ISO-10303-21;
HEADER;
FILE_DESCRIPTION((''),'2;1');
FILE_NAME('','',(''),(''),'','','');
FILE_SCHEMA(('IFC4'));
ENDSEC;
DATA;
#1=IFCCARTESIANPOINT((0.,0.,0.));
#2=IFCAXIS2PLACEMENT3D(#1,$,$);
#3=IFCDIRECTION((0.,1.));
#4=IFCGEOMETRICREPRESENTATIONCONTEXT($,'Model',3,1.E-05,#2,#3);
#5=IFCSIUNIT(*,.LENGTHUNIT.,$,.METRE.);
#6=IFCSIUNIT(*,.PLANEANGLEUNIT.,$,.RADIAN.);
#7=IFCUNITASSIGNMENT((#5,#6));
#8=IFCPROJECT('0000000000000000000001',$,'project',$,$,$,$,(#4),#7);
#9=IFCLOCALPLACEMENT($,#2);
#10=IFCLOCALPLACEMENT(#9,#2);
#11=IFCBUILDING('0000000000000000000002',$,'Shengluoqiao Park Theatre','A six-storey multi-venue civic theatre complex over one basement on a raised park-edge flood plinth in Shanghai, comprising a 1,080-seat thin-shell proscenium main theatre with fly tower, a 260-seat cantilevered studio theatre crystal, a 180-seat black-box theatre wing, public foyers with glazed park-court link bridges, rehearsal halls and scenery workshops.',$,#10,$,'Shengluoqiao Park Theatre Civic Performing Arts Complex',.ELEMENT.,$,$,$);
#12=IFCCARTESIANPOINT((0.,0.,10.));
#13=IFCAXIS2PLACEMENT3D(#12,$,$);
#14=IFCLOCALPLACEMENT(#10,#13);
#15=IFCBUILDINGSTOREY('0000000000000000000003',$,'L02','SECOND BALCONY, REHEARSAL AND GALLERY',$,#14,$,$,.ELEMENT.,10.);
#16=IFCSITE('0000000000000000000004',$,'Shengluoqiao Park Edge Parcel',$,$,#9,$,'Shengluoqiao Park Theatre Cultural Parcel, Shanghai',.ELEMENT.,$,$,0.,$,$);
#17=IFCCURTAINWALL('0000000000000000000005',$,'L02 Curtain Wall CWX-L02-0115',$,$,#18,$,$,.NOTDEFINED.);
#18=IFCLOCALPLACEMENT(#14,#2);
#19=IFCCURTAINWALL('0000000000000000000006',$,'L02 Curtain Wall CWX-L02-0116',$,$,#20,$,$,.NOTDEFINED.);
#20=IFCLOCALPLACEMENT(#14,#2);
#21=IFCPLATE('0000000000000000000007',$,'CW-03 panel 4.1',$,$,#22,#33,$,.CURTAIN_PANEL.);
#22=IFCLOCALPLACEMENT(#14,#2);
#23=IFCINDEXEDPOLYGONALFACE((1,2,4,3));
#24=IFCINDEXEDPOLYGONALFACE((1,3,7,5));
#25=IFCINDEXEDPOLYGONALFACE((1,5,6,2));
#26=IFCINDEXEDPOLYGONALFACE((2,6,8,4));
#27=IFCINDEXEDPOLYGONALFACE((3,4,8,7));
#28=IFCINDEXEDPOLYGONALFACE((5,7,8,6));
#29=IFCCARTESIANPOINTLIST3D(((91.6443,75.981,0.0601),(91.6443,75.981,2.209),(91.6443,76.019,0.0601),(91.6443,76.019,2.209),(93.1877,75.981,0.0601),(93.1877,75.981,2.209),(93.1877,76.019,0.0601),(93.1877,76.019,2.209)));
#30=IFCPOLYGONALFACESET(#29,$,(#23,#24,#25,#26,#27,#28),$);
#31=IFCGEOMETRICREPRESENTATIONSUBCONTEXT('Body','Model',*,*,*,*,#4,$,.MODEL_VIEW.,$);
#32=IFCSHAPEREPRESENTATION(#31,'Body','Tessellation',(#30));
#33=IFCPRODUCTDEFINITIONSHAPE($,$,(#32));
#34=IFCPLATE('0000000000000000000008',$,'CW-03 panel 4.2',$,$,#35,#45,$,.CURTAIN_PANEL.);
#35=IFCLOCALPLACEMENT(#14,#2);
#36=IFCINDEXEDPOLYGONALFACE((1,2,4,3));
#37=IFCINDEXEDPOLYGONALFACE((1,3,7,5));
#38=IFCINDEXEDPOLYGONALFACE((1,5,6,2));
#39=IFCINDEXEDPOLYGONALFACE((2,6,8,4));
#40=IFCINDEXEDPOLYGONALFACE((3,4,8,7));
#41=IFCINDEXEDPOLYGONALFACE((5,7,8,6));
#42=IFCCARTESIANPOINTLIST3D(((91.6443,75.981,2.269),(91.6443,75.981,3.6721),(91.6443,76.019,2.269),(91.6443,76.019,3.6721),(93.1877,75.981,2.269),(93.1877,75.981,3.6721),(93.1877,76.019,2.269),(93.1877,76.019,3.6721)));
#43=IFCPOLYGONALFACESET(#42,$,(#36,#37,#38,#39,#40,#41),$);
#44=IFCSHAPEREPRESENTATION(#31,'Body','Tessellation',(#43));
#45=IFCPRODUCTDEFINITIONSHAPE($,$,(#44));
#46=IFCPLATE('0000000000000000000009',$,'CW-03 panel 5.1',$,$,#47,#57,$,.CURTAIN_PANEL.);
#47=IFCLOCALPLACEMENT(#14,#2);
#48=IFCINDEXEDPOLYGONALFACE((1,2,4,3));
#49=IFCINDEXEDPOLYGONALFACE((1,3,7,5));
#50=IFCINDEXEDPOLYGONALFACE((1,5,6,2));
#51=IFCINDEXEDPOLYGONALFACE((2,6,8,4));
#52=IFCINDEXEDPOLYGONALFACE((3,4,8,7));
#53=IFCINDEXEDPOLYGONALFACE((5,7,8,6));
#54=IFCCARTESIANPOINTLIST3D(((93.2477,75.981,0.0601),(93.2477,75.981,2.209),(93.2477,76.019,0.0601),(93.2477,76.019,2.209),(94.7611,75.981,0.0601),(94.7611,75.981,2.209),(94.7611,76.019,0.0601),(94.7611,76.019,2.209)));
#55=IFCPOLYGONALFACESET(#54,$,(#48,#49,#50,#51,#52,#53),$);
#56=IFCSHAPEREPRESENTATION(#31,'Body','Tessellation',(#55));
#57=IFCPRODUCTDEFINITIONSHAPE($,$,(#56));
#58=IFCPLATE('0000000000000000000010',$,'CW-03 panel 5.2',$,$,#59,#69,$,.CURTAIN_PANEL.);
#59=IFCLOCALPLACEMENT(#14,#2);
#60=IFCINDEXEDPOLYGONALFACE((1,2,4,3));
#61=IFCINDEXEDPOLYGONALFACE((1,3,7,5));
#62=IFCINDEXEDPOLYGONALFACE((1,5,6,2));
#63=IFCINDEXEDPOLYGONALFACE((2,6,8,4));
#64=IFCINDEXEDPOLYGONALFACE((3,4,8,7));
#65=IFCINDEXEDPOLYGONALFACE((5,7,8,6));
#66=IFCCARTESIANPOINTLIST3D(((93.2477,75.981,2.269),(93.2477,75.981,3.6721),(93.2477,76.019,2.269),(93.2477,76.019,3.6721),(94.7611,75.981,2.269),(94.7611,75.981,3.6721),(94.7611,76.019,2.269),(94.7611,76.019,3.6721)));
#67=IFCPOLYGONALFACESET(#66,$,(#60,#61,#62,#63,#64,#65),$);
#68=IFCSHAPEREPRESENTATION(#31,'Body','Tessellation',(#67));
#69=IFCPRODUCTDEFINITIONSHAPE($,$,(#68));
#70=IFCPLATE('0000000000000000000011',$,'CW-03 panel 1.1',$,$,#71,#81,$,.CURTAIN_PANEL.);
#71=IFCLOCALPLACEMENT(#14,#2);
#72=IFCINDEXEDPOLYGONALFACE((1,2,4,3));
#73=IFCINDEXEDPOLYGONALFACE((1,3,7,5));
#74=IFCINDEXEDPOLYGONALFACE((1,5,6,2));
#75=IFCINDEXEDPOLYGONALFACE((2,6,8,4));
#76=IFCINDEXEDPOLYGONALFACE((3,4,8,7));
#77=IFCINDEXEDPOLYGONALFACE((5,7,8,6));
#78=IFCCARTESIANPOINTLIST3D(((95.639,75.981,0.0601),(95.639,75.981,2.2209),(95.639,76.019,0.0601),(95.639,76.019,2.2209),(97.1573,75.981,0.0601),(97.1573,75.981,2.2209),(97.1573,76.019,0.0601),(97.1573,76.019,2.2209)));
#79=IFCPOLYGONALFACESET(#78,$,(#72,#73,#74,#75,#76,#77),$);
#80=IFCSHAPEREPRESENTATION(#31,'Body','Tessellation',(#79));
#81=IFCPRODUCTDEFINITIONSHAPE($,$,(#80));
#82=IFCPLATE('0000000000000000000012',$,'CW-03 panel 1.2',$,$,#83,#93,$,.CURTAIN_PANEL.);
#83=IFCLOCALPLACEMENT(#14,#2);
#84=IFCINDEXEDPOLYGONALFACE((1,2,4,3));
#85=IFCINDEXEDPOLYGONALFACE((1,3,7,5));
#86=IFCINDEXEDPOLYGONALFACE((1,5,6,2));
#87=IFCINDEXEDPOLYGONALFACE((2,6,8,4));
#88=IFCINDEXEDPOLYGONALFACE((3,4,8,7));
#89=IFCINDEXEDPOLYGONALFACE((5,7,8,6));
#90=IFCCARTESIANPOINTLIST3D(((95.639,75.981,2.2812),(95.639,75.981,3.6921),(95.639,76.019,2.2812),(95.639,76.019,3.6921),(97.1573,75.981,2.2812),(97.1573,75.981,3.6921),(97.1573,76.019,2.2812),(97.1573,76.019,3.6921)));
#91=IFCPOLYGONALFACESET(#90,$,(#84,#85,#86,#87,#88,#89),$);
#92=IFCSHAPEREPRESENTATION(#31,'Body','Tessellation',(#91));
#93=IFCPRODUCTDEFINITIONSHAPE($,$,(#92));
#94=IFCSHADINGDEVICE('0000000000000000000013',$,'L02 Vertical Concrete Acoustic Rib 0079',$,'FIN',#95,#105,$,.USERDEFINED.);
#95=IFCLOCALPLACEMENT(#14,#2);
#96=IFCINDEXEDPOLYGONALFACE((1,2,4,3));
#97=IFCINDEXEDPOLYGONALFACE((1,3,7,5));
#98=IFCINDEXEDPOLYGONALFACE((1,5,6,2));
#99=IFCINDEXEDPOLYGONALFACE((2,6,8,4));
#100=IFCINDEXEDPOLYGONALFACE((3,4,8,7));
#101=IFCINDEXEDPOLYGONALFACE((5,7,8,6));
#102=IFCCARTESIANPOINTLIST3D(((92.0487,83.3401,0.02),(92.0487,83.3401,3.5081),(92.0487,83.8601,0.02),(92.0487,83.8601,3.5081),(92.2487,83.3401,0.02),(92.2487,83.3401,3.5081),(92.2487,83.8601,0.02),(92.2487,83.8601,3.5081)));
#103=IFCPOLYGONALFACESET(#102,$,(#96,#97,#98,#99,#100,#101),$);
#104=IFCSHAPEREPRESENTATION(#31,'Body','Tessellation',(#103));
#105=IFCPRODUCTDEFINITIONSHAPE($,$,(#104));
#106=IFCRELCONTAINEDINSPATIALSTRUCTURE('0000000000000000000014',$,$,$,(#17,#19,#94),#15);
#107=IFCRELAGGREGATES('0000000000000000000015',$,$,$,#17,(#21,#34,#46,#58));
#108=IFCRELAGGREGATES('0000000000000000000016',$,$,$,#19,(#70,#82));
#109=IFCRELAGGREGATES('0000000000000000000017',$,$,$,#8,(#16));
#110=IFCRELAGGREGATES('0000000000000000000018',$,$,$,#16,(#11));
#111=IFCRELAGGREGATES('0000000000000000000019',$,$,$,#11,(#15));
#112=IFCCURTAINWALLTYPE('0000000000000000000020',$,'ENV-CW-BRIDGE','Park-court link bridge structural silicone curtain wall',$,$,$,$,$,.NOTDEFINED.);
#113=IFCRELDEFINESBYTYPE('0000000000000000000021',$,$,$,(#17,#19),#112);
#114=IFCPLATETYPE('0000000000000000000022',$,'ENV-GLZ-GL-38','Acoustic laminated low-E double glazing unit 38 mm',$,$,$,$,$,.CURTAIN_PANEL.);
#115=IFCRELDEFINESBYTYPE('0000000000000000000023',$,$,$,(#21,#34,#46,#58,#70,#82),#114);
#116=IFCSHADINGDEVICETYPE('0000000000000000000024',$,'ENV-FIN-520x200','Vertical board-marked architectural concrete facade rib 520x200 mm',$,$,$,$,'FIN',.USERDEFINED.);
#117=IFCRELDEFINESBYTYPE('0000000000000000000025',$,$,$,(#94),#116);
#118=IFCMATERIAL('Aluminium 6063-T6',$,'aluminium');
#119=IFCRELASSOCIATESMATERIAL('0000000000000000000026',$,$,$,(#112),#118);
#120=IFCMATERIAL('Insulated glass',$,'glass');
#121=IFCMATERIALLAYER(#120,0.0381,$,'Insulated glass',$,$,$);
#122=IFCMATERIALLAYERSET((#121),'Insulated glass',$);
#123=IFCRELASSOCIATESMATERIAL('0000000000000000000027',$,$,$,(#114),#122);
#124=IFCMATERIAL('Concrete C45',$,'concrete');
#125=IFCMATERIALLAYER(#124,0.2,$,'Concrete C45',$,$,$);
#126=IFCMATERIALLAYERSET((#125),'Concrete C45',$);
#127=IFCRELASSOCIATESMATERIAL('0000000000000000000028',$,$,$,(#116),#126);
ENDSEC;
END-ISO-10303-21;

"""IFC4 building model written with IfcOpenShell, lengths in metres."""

from ifc_helpers import new_model, si_unit, direction, frame, origin, origin_2d, place, context, subcontext, project, spatial, rectangle, extrude, material, layer, layer_set, type_object, element, aggregate, save


model = new_model("IFC4")

# Units and contexts
model_context = context("Model", 3, precision=1e-05, world=origin(), true_north=direction((0.0, 1.0)))
body_context = subcontext(model_context, "Body", "Model", "MODEL_VIEW")
ifc_project = project(units=[si_unit("LENGTHUNIT", "METRE"), si_unit("PLANEANGLEUNIT", "RADIAN")], contexts=[model_context])

# Site, building, storey
site_placement = place(None, origin())
site = spatial("IfcSite", under=ifc_project, at=site_placement, Name="Shengluoqiao Park Edge Parcel", LongName="Shengluoqiao Park Theatre Cultural Parcel, Shanghai", CompositionType="ELEMENT", RefElevation=0.0)
building_placement = place(site_placement, origin())
building = spatial("IfcBuilding", under=site, at=building_placement, Name="Shengluoqiao Park Theatre", Description="A six-storey multi-venue civic theatre complex over one basement on a raised park-edge flood plinth in Shanghai, comprising a 1,080-seat thin-shell proscenium main theatre with fly tower, a 260-seat cantilevered studio theatre crystal, a 180-seat black-box theatre wing, public foyers with glazed park-court link bridges, rehearsal halls and scenery workshops.", LongName="Shengluoqiao Park Theatre Civic Performing Arts Complex", CompositionType="ELEMENT")
storey_placement = place(building_placement, frame((0.0, 0.0, 10.0)))
storey = spatial("IfcBuildingStorey", under=building, at=storey_placement, Name="L02", Description="SECOND BALCONY, REHEARSAL AND GALLERY", CompositionType="ELEMENT", Elevation=10.0)

# Curtain walls
ifc_material_1 = material(Name="Aluminium 6063-T6", Category="aluminium")
curtain_wall_type = type_object("IfcCurtainWallType", Name="ENV-CW-BRIDGE", Description="Park-court link bridge structural silicone curtain wall", PredefinedType="NOTDEFINED", material=ifc_material_1)
curtain_wall_1_placement = place(storey_placement, origin())
curtain_wall_1 = element("IfcCurtainWall", 1, at=curtain_wall_1_placement, inside=storey, type_object=curtain_wall_type, Name="L02 Curtain Wall CWX-L02-0115", PredefinedType="NOTDEFINED")
curtain_wall_2_placement = place(storey_placement, origin())
curtain_wall_2 = element("IfcCurtainWall", 2, at=curtain_wall_2_placement, inside=storey, type_object=curtain_wall_type, Name="L02 Curtain Wall CWX-L02-0116", PredefinedType="NOTDEFINED")

# Plates
ifc_material_2 = material(Name="Insulated glass", Category="glass")
ifc_layer_1 = layer(ifc_material_2, 0.0381, Name="Insulated glass")
ifc_layer_set_1 = layer_set([ifc_layer_1], Name="Insulated glass")
plate_type = type_object("IfcPlateType", Name="ENV-GLZ-GL-38", Description="Acoustic laminated low-E double glazing unit 38 mm", PredefinedType="CURTAIN_PANEL", material=ifc_layer_set_1)
plate_1_placement = place(storey_placement, frame((92.416, 76.0, 0.0601), z_axis=(0.0, 0.0, 1.0), x_axis=(1.0, 0.0, 0.0)))
plate_1 = element("IfcPlate", 3, at=plate_1_placement, type_object=plate_type, Name="CW-03 panel 4.1", PredefinedType="CURTAIN_PANEL", context=body_context, shape_type="SweptSolid", body=[
    extrude(rectangle(XDim=1.5435, YDim=0.0381, at=origin_2d()), origin(), (0.0, 0.0, 1.0), 2.1489),
])
plate_2_placement = place(storey_placement, frame((92.416, 76.0, 2.269), z_axis=(0.0, 0.0, 1.0), x_axis=(1.0, 0.0, 0.0)))
plate_2 = element("IfcPlate", 4, at=plate_2_placement, type_object=plate_type, Name="CW-03 panel 4.2", PredefinedType="CURTAIN_PANEL", context=body_context, shape_type="SweptSolid", body=[
    extrude(rectangle(XDim=1.5435, YDim=0.0381, at=origin_2d()), origin(), (0.0, 0.0, 1.0), 1.4031),
])
plate_3_placement = place(storey_placement, frame((94.0044, 76.0, 0.0601), z_axis=(0.0, 0.0, 1.0), x_axis=(1.0, 0.0, 0.0)))
plate_3 = element("IfcPlate", 5, at=plate_3_placement, type_object=plate_type, Name="CW-03 panel 5.1", PredefinedType="CURTAIN_PANEL", context=body_context, shape_type="SweptSolid", body=[
    extrude(rectangle(XDim=1.5134, YDim=0.0381, at=origin_2d()), origin(), (0.0, 0.0, 1.0), 2.1489),
])
plate_4_placement = place(storey_placement, frame((94.0044, 76.0, 2.269), z_axis=(0.0, 0.0, 1.0), x_axis=(1.0, 0.0, 0.0)))
plate_4 = element("IfcPlate", 6, at=plate_4_placement, type_object=plate_type, Name="CW-03 panel 5.2", PredefinedType="CURTAIN_PANEL", context=body_context, shape_type="SweptSolid", body=[
    extrude(rectangle(XDim=1.5134, YDim=0.0381, at=origin_2d()), origin(), (0.0, 0.0, 1.0), 1.4031),
])
aggregate(curtain_wall_1, [plate_1, plate_2, plate_3, plate_4])
plate_5_placement = place(storey_placement, frame((96.3982, 76.0, 0.0601), z_axis=(0.0, 0.0, 1.0), x_axis=(1.0, 0.0, 0.0)))
plate_5 = element("IfcPlate", 7, at=plate_5_placement, type_object=plate_type, Name="CW-03 panel 1.1", PredefinedType="CURTAIN_PANEL", context=body_context, shape_type="SweptSolid", body=[
    extrude(rectangle(XDim=1.5183, YDim=0.0381, at=origin_2d()), origin(), (0.0, 0.0, 1.0), 2.1609),
])
plate_6_placement = place(storey_placement, frame((96.3982, 76.0, 2.2812), z_axis=(0.0, 0.0, 1.0), x_axis=(1.0, 0.0, 0.0)))
plate_6 = element("IfcPlate", 8, at=plate_6_placement, type_object=plate_type, Name="CW-03 panel 1.2", PredefinedType="CURTAIN_PANEL", context=body_context, shape_type="SweptSolid", body=[
    extrude(rectangle(XDim=1.5183, YDim=0.0381, at=origin_2d()), origin(), (0.0, 0.0, 1.0), 1.4109),
])
aggregate(curtain_wall_2, [plate_5, plate_6])

# Shading device
ifc_material_3 = material(Name="Concrete C45", Category="concrete")
ifc_layer_2 = layer(ifc_material_3, 0.2, Name="Concrete C45")
ifc_layer_set_2 = layer_set([ifc_layer_2], Name="Concrete C45")
shading_device_type = type_object("IfcShadingDeviceType", Name="ENV-FIN-520x200", Description="Vertical board-marked architectural concrete facade rib 520x200 mm", ElementType="FIN", PredefinedType="USERDEFINED", material=ifc_layer_set_2)
shading_device_placement = place(storey_placement, frame((92.1487, 83.6001, 0.02), z_axis=(0.0, 0.0, 1.0), x_axis=(0.0, -1.0, 0.0)))
element("IfcShadingDevice", 9, at=shading_device_placement, inside=storey, type_object=shading_device_type, Name="L02 Vertical Concrete Acoustic Rib 0079", ObjectType="FIN", PredefinedType="USERDEFINED", context=body_context, shape_type="SweptSolid", body=[
    extrude(rectangle(XDim=0.52, YDim=0.2, at=origin_2d()), origin(), (0.0, 0.0, 1.0), 3.488),
])

save(model, "model.ifc")
